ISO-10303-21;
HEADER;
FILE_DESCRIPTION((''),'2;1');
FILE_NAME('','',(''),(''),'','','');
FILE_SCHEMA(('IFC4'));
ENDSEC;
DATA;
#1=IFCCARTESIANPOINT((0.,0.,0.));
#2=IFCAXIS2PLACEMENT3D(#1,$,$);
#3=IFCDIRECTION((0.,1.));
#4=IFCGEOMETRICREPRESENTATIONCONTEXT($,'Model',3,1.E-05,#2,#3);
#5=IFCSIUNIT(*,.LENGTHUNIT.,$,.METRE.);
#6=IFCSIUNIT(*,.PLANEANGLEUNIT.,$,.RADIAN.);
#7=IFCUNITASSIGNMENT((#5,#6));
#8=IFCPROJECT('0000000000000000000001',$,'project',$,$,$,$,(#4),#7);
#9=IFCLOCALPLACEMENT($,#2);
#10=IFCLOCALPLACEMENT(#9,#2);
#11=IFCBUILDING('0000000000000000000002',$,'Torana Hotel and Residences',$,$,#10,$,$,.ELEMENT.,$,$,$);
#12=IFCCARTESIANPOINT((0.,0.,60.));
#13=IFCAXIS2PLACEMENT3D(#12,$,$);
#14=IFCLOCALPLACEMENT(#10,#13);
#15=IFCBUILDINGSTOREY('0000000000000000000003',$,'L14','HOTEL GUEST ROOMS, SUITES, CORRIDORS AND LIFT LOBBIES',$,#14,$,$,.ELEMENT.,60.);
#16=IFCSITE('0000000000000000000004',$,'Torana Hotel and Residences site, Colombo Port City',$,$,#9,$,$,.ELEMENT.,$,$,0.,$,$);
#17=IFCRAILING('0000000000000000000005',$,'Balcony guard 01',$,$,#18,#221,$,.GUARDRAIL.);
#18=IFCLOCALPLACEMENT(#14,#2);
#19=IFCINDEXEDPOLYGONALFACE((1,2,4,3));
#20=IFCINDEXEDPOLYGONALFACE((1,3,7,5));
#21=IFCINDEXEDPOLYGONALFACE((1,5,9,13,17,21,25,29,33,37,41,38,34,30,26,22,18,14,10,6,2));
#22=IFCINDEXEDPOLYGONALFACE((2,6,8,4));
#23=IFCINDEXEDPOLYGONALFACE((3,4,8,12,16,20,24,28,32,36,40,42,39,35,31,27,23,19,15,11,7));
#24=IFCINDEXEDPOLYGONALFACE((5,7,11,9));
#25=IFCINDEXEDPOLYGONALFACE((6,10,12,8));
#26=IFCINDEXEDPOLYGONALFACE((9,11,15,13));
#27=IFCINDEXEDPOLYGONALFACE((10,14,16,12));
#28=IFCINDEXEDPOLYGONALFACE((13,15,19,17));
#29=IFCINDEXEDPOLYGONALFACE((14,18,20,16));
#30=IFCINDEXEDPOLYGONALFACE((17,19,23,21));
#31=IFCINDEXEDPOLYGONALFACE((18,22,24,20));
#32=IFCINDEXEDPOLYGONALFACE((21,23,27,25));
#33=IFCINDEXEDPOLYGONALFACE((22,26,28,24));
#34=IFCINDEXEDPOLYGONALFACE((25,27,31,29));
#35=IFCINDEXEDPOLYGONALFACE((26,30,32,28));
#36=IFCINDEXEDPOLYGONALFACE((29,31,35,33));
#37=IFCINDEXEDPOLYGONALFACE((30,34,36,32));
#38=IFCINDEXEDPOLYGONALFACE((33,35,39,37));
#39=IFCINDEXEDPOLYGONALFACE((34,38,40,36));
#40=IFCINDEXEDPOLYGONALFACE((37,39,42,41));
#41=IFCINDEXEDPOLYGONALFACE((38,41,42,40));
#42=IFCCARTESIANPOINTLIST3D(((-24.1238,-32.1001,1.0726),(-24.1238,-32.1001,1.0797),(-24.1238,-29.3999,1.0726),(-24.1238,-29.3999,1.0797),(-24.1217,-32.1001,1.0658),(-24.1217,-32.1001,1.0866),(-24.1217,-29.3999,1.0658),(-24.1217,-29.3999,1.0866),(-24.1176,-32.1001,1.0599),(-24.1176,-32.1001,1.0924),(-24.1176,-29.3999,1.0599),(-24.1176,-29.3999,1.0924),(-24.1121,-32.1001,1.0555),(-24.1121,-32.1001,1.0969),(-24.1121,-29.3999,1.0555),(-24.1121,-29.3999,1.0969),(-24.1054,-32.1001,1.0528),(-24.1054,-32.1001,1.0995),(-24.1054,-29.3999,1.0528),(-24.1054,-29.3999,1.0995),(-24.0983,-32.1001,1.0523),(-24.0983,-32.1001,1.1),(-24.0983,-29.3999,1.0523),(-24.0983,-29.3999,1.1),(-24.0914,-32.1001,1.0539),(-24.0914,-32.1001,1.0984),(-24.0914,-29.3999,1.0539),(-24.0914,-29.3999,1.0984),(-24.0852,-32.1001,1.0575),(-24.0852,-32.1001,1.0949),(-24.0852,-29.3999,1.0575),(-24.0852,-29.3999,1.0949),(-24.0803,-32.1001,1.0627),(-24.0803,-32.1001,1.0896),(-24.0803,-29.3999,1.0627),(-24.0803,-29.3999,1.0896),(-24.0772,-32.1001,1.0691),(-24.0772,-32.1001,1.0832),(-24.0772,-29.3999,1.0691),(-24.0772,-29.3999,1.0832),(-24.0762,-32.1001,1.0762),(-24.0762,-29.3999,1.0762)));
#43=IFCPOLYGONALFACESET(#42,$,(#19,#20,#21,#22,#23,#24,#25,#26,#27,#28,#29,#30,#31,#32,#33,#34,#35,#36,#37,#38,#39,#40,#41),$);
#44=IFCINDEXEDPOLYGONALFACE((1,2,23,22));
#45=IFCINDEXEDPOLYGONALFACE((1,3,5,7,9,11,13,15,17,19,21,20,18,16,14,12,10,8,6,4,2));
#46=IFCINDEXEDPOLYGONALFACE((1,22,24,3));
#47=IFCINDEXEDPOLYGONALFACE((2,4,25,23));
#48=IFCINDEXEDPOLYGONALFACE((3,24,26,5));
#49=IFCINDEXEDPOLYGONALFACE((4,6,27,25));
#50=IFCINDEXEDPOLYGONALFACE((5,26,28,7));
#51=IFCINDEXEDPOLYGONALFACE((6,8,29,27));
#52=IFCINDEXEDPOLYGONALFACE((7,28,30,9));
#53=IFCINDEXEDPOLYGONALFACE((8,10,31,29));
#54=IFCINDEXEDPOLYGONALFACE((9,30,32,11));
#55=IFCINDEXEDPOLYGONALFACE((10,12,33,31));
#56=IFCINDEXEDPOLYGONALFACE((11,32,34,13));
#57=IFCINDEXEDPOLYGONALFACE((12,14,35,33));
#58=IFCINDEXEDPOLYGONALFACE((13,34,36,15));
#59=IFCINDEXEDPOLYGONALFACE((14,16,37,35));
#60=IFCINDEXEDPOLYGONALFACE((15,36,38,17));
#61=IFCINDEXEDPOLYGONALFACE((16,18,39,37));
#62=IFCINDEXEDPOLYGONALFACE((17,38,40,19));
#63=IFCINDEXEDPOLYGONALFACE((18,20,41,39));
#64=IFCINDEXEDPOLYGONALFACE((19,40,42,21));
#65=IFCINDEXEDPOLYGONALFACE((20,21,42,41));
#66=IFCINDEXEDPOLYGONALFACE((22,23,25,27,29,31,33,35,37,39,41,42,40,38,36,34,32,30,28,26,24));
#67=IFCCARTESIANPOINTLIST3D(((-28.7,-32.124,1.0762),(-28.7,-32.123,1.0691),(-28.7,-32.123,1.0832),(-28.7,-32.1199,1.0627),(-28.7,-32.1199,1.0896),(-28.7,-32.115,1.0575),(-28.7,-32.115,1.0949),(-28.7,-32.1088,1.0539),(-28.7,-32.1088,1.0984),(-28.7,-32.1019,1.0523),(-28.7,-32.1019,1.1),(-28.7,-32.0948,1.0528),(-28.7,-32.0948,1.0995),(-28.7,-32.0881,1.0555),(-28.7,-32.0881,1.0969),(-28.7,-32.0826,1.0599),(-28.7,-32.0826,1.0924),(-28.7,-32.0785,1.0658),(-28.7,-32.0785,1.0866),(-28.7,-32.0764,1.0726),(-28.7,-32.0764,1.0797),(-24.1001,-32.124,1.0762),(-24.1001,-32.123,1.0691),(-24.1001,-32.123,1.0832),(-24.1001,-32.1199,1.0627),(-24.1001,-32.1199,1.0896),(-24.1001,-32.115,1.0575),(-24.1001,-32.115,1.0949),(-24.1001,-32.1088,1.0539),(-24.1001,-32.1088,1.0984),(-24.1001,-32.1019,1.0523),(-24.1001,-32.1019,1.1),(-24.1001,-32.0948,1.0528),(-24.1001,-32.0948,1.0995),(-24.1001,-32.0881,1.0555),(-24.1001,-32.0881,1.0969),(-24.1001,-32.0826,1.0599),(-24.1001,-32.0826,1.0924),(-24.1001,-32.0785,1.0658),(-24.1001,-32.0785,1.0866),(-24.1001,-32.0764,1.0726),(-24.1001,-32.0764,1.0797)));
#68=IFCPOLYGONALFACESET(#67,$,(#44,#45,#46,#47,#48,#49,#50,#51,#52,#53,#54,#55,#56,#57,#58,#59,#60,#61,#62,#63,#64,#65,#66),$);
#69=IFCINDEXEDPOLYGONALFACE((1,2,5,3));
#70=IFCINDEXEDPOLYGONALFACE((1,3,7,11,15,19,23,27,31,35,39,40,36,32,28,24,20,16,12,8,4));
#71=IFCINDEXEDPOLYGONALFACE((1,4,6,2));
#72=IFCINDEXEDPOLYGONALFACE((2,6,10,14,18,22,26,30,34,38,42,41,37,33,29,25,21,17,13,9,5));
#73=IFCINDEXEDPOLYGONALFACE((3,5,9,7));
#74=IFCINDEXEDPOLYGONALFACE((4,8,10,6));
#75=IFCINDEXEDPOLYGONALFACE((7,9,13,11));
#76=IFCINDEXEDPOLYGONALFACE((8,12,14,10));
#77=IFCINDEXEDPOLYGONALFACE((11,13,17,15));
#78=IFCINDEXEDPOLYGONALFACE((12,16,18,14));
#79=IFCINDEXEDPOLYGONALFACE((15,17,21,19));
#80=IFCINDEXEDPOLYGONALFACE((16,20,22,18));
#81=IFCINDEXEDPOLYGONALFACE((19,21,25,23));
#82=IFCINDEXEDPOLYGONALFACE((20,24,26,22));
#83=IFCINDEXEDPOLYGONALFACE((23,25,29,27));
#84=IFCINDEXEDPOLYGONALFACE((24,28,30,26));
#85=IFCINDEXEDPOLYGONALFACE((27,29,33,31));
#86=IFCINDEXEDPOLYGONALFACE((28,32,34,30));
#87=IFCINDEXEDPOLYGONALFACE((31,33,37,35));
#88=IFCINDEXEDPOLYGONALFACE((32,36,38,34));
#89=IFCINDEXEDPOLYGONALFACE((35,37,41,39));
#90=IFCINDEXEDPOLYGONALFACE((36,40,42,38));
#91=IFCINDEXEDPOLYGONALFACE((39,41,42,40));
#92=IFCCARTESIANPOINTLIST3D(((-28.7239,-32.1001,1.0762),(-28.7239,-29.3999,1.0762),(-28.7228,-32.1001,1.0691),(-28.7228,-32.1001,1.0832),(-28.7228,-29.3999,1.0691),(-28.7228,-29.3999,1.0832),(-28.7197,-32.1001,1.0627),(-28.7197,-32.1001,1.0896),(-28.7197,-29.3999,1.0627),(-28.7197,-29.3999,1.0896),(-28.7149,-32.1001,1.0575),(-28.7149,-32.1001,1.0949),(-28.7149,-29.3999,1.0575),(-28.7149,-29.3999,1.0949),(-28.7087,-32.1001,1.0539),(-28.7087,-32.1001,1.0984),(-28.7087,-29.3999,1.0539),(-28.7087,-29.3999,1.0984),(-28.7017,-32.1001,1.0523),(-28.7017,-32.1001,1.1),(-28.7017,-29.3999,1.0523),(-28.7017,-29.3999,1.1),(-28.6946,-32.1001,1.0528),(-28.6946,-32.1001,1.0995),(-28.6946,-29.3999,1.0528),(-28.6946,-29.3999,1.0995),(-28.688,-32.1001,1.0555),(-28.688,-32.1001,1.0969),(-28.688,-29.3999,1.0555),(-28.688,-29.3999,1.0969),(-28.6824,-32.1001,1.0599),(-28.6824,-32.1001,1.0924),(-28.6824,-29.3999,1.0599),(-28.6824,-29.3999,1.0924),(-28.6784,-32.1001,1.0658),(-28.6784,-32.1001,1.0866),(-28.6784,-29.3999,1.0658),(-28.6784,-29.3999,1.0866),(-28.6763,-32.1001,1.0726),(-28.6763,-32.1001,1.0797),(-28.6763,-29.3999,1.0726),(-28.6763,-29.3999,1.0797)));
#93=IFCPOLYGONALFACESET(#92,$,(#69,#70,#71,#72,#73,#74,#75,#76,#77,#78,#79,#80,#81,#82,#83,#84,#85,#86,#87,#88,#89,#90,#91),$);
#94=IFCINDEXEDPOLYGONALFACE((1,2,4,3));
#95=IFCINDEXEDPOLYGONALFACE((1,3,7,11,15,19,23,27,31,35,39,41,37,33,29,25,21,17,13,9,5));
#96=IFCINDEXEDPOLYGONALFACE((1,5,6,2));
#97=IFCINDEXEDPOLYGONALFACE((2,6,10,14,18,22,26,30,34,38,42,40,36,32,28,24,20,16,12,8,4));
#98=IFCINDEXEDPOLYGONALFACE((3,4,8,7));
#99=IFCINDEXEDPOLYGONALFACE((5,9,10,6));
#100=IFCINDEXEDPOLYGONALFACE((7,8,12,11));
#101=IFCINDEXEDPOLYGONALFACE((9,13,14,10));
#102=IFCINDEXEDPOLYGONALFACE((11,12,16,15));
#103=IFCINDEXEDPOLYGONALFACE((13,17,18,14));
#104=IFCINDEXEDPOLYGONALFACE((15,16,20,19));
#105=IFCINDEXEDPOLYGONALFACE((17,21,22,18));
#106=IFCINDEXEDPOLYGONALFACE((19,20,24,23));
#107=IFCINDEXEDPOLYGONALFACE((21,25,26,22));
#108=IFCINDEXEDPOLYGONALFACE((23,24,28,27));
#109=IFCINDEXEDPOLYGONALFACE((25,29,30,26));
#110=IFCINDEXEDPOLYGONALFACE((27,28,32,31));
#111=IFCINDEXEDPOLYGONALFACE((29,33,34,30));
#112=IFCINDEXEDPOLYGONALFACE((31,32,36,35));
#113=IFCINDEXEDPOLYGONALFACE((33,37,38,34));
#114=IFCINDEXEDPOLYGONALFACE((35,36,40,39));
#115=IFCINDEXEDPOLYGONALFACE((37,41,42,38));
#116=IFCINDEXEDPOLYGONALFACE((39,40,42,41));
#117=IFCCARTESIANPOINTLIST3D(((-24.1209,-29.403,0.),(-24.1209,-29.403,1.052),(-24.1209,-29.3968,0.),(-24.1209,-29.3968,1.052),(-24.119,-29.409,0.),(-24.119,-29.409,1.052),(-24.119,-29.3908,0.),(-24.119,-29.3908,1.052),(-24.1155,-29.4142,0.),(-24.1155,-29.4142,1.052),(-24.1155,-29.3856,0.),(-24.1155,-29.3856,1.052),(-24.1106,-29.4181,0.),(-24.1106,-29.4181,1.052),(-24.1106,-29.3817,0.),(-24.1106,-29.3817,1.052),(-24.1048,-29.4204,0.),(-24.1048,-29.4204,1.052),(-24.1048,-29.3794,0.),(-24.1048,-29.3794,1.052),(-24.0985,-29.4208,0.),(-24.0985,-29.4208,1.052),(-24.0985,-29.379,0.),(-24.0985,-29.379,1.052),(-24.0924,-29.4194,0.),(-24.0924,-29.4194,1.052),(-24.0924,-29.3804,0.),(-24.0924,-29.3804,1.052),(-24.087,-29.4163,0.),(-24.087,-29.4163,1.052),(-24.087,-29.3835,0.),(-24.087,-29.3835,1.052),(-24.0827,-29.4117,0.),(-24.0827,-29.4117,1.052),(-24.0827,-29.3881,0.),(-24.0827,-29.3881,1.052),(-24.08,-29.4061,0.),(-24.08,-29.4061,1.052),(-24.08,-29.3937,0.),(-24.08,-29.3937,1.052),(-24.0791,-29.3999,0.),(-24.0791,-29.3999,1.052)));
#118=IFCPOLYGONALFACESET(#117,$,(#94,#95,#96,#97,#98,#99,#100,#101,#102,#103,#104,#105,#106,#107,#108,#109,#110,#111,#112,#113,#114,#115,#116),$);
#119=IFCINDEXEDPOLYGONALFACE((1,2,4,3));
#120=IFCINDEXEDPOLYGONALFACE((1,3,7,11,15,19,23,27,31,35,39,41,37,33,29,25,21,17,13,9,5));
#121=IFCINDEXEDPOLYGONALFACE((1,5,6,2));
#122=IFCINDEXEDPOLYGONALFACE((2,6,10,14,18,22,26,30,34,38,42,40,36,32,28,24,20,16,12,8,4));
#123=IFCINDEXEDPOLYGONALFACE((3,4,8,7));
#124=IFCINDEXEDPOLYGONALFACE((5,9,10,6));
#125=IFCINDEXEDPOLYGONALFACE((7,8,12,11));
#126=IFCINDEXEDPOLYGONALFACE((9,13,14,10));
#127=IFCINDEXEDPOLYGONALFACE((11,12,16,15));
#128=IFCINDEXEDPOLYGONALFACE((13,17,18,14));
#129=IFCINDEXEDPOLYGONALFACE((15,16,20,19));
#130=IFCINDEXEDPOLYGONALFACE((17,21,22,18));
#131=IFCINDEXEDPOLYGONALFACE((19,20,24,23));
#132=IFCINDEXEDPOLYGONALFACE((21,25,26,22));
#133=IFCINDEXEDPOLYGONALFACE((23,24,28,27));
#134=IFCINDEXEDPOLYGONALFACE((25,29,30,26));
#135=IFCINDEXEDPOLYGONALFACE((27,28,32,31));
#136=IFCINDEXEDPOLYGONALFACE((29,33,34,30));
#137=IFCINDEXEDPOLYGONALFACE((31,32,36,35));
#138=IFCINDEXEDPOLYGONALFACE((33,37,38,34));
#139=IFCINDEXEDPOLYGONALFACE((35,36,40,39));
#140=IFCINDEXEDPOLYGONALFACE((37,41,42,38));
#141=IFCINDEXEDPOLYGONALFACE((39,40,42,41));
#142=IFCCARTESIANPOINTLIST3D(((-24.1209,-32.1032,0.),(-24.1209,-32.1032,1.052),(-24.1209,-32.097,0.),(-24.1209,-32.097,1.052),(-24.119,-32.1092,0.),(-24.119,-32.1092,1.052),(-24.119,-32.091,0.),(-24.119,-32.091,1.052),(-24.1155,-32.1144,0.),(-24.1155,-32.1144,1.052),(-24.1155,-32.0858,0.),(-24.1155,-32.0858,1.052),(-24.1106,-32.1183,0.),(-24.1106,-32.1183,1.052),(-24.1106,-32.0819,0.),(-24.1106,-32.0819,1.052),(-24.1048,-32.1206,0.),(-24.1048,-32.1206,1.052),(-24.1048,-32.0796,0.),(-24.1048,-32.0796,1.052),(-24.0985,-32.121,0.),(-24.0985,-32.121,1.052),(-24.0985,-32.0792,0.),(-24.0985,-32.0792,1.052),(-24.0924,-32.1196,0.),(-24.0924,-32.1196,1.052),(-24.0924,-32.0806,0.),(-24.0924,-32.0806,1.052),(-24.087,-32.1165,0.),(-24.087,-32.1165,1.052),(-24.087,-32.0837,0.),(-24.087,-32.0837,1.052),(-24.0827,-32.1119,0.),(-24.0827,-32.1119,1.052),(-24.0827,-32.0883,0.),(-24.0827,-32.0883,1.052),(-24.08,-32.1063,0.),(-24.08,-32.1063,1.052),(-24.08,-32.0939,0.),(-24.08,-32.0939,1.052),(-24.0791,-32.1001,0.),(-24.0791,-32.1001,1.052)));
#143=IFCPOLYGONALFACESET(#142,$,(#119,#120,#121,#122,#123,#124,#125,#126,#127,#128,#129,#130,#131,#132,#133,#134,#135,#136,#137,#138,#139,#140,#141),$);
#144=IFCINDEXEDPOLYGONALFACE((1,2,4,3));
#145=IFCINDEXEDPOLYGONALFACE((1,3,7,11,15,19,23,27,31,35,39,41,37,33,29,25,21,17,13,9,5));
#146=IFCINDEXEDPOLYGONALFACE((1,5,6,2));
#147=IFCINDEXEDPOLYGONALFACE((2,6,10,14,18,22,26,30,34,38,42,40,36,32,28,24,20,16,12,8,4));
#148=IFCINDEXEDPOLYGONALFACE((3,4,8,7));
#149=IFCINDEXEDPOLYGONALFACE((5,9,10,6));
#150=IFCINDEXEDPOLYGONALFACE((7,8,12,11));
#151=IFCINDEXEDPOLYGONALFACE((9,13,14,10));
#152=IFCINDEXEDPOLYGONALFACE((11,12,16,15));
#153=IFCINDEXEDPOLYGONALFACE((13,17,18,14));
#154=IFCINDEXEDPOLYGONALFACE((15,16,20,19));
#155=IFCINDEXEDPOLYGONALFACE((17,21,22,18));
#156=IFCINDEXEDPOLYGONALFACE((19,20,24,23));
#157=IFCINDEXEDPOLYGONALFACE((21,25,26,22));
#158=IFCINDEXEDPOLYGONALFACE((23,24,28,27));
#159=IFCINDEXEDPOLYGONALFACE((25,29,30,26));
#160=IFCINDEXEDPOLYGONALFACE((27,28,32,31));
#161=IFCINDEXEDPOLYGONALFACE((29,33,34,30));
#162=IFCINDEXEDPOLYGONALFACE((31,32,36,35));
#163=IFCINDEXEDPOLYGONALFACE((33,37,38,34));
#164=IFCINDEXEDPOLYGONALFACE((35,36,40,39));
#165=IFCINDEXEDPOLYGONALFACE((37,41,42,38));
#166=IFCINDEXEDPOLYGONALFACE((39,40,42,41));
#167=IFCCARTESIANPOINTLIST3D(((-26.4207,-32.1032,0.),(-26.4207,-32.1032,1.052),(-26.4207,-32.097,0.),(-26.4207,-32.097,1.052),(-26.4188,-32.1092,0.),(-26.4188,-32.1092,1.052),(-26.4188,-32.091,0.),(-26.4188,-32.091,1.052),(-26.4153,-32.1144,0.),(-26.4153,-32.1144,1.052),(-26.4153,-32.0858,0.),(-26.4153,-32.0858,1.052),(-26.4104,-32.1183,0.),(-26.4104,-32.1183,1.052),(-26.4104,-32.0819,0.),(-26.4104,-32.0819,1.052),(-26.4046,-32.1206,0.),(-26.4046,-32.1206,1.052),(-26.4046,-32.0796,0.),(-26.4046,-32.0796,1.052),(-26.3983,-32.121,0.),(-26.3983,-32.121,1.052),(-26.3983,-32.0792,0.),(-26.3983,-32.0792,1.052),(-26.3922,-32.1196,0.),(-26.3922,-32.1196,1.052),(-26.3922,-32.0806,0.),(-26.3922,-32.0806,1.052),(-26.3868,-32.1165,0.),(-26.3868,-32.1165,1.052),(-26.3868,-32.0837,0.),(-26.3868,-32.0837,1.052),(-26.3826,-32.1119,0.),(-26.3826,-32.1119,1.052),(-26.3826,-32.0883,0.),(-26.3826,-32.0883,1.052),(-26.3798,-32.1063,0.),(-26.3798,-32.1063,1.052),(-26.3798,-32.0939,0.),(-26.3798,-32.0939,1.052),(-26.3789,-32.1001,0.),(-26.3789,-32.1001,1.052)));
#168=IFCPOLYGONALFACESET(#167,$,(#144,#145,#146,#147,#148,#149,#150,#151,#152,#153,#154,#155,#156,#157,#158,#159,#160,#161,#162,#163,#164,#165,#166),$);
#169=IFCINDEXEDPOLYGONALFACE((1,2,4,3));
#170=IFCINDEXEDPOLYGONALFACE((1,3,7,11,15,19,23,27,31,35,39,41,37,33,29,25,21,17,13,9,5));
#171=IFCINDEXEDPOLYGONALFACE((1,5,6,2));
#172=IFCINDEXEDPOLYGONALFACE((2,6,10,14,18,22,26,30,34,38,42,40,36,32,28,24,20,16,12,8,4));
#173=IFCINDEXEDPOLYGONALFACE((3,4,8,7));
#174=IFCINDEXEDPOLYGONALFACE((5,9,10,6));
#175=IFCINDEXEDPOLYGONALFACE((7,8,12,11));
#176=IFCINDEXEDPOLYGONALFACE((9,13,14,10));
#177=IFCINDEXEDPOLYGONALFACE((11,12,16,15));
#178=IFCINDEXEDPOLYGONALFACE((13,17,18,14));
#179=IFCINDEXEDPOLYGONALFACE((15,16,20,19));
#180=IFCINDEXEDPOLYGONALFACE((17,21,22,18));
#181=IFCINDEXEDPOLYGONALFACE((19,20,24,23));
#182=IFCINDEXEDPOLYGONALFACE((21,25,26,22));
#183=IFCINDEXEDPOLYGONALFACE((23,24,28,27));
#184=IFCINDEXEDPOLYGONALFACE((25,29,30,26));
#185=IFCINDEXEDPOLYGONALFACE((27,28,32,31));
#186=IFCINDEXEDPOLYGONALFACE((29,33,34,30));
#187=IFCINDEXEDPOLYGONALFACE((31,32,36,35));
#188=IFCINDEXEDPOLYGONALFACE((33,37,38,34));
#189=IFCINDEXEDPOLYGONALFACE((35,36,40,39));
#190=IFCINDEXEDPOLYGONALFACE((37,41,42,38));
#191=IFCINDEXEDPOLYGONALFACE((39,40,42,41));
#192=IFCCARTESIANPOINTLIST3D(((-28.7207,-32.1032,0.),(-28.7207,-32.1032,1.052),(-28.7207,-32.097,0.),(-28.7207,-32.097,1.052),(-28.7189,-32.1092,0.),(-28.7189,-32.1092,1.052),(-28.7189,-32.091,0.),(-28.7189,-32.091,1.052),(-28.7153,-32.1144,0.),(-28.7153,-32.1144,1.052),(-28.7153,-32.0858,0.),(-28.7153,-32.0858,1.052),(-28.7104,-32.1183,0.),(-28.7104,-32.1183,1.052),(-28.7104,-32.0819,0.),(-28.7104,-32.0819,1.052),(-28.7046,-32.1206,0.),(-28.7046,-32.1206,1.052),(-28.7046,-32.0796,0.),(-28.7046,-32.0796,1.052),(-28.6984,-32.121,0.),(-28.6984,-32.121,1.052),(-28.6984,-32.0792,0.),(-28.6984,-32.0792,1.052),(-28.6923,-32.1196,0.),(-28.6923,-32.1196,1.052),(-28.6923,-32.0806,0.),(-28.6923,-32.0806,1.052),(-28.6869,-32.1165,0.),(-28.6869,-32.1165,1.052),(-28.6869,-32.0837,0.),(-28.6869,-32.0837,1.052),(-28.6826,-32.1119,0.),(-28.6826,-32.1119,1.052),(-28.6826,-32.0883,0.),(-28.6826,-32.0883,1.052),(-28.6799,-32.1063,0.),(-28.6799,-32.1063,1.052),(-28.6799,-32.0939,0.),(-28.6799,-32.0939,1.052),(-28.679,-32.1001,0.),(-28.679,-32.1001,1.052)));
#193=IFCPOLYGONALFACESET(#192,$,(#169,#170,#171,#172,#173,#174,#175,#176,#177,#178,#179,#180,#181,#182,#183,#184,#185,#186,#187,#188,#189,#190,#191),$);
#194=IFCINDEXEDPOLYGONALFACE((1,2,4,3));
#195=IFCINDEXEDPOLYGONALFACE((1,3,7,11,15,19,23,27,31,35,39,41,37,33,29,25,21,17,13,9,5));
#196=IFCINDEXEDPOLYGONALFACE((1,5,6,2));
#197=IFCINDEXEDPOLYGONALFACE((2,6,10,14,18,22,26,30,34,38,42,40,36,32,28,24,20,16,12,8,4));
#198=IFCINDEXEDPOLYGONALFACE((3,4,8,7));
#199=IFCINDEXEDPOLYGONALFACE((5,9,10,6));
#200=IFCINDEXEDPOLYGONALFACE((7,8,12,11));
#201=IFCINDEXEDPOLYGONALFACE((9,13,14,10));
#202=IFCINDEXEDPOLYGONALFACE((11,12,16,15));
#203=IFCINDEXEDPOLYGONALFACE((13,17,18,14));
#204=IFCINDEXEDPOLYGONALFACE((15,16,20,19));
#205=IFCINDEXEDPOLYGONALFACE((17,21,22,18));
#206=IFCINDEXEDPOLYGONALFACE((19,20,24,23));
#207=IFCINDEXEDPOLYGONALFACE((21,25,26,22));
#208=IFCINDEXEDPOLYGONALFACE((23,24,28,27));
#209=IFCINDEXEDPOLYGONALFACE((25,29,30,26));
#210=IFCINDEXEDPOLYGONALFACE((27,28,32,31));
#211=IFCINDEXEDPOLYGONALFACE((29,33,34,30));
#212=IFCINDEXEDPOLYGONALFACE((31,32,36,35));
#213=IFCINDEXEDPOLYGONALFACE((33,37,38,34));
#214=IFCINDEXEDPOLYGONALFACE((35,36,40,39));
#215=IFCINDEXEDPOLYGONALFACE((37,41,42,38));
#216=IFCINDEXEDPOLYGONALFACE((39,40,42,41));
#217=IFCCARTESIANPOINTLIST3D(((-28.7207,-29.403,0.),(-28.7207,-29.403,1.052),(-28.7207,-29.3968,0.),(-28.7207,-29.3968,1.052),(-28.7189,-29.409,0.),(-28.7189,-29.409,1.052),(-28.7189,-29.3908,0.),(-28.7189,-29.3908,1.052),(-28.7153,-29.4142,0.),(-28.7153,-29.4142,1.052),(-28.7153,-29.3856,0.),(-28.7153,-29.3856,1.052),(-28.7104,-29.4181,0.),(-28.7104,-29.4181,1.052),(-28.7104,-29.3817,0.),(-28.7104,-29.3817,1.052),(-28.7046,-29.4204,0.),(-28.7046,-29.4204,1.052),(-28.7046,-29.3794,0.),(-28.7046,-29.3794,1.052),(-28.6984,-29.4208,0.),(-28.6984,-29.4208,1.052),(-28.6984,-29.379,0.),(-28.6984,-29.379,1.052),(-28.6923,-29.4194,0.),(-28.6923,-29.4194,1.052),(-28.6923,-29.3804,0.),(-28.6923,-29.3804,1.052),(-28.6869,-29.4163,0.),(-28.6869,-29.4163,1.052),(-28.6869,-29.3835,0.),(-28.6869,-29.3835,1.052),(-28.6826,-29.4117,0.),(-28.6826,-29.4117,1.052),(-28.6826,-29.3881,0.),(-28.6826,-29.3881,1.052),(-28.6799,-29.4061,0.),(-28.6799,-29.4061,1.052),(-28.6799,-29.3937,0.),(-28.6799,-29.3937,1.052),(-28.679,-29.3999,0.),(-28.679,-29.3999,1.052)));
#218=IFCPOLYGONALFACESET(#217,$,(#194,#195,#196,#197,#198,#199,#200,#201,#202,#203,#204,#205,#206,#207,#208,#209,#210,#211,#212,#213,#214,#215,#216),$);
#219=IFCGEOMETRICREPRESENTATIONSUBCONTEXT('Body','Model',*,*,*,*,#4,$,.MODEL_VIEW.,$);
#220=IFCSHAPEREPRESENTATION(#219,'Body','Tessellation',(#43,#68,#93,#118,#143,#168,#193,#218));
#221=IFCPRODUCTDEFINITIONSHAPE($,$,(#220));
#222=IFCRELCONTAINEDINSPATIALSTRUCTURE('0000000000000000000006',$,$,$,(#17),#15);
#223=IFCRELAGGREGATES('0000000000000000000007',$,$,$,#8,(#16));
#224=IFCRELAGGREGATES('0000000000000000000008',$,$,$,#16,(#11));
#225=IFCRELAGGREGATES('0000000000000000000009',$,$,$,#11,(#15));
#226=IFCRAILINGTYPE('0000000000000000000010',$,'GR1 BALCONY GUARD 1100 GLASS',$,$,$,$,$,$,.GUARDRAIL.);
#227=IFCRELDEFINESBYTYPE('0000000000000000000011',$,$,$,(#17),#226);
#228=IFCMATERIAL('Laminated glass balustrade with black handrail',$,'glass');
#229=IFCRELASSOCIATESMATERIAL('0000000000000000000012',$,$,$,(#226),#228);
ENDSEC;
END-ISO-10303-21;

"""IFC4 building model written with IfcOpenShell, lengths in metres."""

from ifc_helpers import new_model, si_unit, direction, frame, origin, origin_2d, place, context, subcontext, project, spatial, circle, extrude, material, type_object, element, save


model = new_model("IFC4")

# Units and contexts
model_context = context("Model", 3, precision=1e-05, world=origin(), true_north=direction((0.0, 1.0)))
body_context = subcontext(model_context, "Body", "Model", "MODEL_VIEW")
ifc_project = project(units=[si_unit("LENGTHUNIT", "METRE"), si_unit("PLANEANGLEUNIT", "RADIAN")], contexts=[model_context])

# Site, building, storey
site_placement = place(None, origin())
site = spatial("IfcSite", under=ifc_project, at=site_placement, Name="Torana Hotel and Residences site, Colombo Port City", CompositionType="ELEMENT", RefElevation=0.0)
building_placement = place(site_placement, origin())
building = spatial("IfcBuilding", under=site, at=building_placement, Name="Torana Hotel and Residences", CompositionType="ELEMENT")
storey_placement = place(building_placement, frame((0.0, 0.0, 60.0)))
storey = spatial("IfcBuildingStorey", under=building, at=storey_placement, Name="L14", Description="HOTEL GUEST ROOMS, SUITES, CORRIDORS AND LIFT LOBBIES", CompositionType="ELEMENT", Elevation=60.0)

# Railing
ifc_material_1 = material(Name="Laminated glass balustrade with black handrail", Category="glass")
railing_type = type_object("IfcRailingType", Name="GR1 BALCONY GUARD 1100 GLASS", PredefinedType="GUARDRAIL", material=ifc_material_1)
railing_placement = place(storey_placement, frame((-24.1001, -29.3999, 0.0)))
element("IfcRailing", 1, at=railing_placement, inside=storey, type_object=railing_type, Name="Balcony guard 01", PredefinedType="GUARDRAIL", context=body_context, shape_type="SweptSolid", body=[
    extrude(circle(Radius=0.0239, at=origin_2d()), frame((0.0, 0.0, 1.0762), z_axis=(0.0, -1.0, 0.0), x_axis=(1.0, 0.0, 0.0)), (0.0, 0.0, 1.0), 2.7002),
    extrude(circle(Radius=0.0239, at=origin_2d()), frame((0.0, -2.7002, 1.0762), z_axis=(-1.0, 0.0, 0.0), x_axis=(0.0, -1.0, 0.0)), (0.0, 0.0, 1.0), 4.5999),
    extrude(circle(Radius=0.0239, at=origin_2d()), frame((-4.5999, -2.7002, 1.0762), z_axis=(0.0, 1.0, 0.0), x_axis=(-1.0, 0.0, 0.0)), (0.0, 0.0, 1.0), 2.7002),
    extrude(circle(Radius=0.021, at=origin_2d()), origin(), (0.0, 0.0, 1.0), 1.052),
    extrude(circle(Radius=0.021, at=origin_2d()), frame((0.0, -2.7002, 0.0)), (0.0, 0.0, 1.0), 1.052),
    extrude(circle(Radius=0.021, at=origin_2d()), frame((-2.2998, -2.7002, 0.0)), (0.0, 0.0, 1.0), 1.052),
    extrude(circle(Radius=0.021, at=origin_2d()), frame((-4.5999, -2.7002, 0.0)), (0.0, 0.0, 1.0), 1.052),
    extrude(circle(Radius=0.021, at=origin_2d()), frame((-4.5999, 0.0, 0.0)), (0.0, 0.0, 1.0), 1.052),
])

save(model, "model.ifc")
